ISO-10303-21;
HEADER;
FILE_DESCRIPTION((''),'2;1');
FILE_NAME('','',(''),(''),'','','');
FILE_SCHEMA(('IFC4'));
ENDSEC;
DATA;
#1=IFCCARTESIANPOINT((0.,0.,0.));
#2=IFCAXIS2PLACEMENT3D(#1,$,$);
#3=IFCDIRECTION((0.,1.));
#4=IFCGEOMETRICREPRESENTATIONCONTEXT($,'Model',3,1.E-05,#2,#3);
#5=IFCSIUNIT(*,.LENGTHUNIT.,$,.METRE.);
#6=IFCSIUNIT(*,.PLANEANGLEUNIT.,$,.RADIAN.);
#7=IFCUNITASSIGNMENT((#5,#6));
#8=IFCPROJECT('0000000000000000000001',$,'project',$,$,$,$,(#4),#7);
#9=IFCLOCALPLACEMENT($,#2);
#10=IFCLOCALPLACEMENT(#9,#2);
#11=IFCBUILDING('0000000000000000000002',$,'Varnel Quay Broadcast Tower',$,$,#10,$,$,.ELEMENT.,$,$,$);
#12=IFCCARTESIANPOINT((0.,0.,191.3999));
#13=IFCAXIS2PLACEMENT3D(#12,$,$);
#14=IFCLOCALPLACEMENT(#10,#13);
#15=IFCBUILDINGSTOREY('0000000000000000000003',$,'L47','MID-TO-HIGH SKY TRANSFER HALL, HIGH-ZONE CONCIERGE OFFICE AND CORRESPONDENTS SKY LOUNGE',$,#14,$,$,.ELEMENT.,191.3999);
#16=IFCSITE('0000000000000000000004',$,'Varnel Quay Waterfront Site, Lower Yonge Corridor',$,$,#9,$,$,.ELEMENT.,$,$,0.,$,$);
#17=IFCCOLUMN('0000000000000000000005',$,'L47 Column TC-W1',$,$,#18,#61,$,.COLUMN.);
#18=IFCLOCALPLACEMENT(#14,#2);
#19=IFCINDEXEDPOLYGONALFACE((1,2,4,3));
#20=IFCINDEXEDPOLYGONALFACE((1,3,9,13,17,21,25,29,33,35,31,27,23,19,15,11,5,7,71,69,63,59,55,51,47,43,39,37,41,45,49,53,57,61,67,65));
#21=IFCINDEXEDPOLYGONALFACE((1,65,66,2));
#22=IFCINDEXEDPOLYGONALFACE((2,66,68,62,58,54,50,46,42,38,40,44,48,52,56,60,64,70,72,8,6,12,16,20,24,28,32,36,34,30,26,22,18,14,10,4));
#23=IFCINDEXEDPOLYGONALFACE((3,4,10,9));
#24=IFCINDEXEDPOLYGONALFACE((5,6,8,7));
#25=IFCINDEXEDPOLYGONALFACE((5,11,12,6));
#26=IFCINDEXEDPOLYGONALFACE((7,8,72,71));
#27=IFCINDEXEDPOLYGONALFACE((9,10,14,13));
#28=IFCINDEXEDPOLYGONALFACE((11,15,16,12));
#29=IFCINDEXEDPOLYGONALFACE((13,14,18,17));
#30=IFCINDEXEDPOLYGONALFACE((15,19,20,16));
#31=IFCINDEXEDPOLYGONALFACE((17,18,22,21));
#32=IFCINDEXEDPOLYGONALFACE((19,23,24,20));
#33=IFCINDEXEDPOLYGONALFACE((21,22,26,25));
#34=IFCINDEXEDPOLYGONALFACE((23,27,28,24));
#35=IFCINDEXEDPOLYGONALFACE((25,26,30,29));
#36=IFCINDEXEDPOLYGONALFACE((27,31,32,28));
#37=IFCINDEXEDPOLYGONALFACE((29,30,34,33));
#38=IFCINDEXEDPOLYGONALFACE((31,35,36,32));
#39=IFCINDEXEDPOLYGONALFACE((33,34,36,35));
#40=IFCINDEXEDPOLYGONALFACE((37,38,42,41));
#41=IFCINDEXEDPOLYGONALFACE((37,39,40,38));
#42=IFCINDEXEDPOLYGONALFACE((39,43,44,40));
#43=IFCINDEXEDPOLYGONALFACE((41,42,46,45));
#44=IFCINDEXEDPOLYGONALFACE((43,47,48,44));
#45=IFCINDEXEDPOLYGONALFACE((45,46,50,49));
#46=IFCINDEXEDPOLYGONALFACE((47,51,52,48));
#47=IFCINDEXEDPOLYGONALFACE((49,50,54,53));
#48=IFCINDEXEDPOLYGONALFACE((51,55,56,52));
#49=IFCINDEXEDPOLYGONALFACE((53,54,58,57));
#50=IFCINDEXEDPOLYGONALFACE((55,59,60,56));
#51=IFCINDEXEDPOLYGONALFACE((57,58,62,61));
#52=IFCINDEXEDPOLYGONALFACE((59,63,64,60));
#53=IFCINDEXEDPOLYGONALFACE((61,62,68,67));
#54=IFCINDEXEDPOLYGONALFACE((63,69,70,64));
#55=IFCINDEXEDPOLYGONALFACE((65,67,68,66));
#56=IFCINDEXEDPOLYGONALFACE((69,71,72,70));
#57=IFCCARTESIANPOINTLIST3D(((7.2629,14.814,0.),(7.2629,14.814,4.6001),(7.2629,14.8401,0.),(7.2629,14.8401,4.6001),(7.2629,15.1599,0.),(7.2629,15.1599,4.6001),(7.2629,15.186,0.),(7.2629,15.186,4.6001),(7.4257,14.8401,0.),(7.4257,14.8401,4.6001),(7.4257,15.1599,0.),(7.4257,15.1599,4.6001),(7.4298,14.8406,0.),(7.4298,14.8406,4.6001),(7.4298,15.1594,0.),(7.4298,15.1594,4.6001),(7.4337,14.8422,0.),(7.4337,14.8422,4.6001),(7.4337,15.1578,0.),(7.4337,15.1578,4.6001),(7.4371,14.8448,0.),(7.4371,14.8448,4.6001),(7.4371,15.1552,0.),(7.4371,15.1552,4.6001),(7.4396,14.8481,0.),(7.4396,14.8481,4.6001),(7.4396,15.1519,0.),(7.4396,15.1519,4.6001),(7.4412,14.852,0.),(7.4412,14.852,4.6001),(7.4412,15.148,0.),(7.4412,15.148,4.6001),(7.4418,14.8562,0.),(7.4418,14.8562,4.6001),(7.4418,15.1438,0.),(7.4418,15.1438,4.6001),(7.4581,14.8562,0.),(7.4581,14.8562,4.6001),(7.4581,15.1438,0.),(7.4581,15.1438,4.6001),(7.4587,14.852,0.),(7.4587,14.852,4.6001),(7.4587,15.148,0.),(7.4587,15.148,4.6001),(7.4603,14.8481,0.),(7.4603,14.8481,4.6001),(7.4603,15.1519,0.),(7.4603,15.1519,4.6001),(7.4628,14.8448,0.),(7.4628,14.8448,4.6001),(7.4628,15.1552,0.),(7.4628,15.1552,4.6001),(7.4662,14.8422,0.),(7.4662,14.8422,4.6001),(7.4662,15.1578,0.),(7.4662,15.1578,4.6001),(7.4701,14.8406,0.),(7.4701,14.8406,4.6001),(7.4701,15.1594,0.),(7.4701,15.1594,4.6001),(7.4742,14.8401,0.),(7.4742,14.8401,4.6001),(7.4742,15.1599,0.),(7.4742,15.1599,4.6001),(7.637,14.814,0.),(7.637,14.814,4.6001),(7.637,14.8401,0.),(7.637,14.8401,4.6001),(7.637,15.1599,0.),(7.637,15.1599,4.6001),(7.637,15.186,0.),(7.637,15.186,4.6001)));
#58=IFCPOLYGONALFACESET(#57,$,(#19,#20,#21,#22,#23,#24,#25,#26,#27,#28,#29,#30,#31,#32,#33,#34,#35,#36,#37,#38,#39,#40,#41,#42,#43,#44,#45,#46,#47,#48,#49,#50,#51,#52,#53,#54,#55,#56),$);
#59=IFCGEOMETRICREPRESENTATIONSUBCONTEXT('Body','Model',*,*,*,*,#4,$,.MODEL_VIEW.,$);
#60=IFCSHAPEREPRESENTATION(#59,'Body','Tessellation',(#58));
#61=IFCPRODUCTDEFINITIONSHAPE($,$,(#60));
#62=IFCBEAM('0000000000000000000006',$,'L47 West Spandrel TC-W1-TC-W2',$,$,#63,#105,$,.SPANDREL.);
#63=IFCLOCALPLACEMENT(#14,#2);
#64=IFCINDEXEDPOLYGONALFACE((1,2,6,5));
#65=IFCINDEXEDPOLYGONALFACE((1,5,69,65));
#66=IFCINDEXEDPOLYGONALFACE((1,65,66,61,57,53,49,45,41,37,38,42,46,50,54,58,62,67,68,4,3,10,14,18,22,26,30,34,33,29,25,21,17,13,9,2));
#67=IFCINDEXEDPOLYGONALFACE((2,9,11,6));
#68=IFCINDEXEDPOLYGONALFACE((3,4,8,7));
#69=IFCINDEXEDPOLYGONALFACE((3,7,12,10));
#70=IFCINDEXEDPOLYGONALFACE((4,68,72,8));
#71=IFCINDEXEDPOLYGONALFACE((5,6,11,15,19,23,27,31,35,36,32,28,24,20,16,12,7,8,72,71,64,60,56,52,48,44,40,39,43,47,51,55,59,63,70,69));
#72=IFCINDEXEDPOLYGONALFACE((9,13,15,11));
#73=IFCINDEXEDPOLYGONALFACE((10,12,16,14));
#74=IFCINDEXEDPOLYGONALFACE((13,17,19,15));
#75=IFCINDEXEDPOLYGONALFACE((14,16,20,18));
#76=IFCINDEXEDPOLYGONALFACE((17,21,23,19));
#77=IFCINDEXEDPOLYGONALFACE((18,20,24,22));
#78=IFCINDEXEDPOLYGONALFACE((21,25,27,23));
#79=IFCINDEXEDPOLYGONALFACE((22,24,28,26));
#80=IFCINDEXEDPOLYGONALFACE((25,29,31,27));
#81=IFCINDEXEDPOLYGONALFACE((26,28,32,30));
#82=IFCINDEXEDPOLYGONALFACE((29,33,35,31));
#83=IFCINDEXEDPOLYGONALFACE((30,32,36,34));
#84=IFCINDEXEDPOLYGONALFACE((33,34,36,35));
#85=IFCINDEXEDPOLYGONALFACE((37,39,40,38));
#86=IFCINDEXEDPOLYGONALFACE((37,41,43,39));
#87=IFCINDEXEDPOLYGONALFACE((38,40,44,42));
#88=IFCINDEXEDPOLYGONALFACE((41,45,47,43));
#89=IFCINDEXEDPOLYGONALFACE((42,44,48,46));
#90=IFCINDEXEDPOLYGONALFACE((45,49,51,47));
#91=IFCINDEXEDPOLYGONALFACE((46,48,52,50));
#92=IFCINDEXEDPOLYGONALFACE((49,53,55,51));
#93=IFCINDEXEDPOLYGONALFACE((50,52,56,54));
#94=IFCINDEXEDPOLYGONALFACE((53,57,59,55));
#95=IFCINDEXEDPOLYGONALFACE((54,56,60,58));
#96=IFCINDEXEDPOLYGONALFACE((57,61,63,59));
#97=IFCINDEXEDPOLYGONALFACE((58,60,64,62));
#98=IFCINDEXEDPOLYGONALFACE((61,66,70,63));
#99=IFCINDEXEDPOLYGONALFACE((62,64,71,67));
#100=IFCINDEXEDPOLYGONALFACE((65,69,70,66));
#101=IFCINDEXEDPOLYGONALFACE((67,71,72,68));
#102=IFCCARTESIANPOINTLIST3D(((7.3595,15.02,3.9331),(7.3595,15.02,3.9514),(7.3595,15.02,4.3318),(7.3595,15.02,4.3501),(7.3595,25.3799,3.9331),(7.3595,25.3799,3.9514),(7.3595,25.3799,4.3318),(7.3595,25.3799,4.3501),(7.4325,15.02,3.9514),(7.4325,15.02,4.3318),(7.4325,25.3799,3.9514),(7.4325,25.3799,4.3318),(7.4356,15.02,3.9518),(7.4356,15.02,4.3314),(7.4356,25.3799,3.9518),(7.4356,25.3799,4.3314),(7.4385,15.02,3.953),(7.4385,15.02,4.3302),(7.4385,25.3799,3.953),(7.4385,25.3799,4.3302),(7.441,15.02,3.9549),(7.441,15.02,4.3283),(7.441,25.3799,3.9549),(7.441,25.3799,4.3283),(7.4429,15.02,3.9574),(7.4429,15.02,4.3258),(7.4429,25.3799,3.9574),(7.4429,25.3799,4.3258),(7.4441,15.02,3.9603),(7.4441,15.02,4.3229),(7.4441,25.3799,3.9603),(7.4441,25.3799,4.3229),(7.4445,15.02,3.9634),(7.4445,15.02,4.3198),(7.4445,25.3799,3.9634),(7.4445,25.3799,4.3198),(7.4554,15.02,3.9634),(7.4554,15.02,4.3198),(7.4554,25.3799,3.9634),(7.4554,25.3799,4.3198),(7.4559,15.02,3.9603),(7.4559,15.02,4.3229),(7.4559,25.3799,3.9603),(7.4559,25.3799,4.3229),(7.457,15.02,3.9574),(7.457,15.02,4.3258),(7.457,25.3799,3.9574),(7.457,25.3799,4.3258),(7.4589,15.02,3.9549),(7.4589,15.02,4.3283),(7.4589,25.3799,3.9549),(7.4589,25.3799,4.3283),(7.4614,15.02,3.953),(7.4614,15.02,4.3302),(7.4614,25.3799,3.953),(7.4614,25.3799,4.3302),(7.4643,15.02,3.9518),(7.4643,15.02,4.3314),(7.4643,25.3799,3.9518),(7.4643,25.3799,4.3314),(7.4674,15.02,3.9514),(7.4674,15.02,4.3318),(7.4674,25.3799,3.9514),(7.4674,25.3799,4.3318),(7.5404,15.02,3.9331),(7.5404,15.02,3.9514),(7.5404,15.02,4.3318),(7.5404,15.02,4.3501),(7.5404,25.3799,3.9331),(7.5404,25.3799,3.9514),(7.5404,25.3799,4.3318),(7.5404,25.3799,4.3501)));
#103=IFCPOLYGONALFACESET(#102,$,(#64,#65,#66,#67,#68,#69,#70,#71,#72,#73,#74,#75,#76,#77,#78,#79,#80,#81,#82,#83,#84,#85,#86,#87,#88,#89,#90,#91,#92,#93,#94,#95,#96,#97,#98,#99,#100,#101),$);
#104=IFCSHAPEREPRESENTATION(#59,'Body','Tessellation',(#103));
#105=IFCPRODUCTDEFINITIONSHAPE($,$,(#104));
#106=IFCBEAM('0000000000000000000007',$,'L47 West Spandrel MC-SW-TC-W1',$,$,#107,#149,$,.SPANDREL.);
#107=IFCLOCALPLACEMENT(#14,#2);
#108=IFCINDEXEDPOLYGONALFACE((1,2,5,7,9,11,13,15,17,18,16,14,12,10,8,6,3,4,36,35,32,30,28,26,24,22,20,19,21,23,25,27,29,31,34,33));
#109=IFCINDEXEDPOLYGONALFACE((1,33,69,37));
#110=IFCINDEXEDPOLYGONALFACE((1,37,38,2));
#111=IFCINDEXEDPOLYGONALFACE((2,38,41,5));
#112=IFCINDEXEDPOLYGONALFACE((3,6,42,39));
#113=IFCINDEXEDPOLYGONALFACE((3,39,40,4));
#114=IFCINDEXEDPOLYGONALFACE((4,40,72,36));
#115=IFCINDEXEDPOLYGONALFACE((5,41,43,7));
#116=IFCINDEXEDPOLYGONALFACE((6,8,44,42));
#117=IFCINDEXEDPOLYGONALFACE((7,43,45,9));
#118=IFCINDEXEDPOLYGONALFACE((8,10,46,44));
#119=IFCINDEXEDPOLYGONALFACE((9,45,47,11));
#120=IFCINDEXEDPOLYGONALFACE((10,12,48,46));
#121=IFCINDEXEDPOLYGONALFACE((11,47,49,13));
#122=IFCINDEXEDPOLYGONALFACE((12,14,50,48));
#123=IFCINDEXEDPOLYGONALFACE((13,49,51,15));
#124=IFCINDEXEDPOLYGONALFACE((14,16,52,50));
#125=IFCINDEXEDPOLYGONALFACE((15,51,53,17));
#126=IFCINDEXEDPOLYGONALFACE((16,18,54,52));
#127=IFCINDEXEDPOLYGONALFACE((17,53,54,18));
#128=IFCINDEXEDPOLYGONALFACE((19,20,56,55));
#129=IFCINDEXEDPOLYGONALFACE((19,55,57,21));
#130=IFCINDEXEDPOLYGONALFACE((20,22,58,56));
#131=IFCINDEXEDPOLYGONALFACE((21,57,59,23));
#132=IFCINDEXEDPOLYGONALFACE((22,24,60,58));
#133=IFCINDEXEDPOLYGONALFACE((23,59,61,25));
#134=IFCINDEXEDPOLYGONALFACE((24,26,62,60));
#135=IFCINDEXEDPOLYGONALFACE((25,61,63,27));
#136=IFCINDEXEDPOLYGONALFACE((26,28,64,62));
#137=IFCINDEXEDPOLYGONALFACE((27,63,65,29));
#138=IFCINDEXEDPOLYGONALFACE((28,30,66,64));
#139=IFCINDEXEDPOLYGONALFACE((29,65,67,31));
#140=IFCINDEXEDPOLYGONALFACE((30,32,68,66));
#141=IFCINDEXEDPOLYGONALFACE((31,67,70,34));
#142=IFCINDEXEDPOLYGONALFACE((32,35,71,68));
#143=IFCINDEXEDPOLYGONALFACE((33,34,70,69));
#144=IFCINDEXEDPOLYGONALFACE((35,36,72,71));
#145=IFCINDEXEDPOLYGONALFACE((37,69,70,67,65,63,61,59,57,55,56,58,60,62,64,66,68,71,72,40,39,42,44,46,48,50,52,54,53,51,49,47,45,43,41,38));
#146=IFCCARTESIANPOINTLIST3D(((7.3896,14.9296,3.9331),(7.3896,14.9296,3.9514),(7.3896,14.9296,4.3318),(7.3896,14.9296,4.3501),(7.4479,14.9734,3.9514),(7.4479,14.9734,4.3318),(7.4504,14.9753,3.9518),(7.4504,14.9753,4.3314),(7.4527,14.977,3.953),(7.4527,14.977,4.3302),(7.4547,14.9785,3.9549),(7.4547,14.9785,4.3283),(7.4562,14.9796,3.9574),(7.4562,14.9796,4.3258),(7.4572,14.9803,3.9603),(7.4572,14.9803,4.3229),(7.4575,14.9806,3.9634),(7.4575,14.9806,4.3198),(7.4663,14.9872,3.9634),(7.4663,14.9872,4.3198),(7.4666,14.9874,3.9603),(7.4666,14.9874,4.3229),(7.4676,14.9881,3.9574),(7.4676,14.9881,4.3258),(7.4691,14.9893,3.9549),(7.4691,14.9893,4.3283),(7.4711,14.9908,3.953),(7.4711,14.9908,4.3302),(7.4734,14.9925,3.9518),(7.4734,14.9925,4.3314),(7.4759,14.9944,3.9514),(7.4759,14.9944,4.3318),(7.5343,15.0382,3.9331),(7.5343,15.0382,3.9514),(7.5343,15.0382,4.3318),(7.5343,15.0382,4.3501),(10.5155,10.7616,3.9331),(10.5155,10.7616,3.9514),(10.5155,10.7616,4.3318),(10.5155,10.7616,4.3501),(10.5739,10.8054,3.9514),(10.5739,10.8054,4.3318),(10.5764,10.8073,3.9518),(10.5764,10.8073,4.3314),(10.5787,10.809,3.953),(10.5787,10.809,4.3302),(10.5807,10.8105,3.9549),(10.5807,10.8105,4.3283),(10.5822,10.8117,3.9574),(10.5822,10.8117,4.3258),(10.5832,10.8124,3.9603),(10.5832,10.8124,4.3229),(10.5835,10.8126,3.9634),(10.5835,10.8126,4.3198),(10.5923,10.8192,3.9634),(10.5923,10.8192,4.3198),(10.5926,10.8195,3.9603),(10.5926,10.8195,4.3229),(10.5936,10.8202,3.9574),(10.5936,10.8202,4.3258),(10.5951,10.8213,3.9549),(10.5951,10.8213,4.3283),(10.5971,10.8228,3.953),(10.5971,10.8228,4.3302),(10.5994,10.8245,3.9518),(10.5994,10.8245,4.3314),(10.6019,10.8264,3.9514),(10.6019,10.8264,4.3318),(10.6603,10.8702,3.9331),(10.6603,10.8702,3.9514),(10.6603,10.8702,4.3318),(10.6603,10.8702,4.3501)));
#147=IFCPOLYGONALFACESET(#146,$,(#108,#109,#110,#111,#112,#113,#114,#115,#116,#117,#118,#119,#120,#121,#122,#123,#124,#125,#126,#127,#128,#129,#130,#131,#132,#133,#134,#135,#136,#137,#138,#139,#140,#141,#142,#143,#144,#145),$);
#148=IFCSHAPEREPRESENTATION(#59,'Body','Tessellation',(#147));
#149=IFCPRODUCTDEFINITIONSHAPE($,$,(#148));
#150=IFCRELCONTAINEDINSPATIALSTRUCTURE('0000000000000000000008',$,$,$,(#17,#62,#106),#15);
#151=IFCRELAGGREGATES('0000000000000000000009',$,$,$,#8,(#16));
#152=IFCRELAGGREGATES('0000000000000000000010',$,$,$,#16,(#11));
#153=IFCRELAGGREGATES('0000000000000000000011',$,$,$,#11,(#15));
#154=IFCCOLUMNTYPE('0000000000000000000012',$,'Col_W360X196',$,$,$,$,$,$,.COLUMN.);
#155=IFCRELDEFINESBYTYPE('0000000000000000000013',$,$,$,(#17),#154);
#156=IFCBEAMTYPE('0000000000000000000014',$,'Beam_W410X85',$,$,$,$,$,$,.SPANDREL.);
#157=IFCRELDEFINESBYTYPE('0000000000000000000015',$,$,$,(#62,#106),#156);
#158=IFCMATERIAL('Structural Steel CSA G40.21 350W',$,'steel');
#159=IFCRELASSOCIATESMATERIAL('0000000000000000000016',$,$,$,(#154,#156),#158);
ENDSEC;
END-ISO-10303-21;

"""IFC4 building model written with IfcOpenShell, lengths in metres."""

from ifc_helpers import new_model, si_unit, direction, frame, origin, origin_2d, place, context, subcontext, project, spatial, i_section, extrude, source, transform, mapped, material, material_profile, profile_set, type_object, type_shapes, element, save


model = new_model("IFC4")

# Units and contexts
model_context = context("Model", 3, precision=1e-05, world=origin(), true_north=direction((0.0, 1.0)))
body_context = subcontext(model_context, "Body", "Model", "MODEL_VIEW")
ifc_project = project(units=[si_unit("LENGTHUNIT", "METRE"), si_unit("PLANEANGLEUNIT", "RADIAN")], contexts=[model_context])

# Site, building, storey
site_placement = place(None, origin())
site = spatial("IfcSite", under=ifc_project, at=site_placement, Name="Varnel Quay Waterfront Site, Lower Yonge Corridor", CompositionType="ELEMENT", RefElevation=0.0)
building_placement = place(site_placement, origin())
building = spatial("IfcBuilding", under=site, at=building_placement, Name="Varnel Quay Broadcast Tower", CompositionType="ELEMENT")
storey_placement = place(building_placement, frame((0.0, 0.0, 191.3999)))
storey = spatial("IfcBuildingStorey", under=building, at=storey_placement, Name="L47", Description="MID-TO-HIGH SKY TRANSFER HALL, HIGH-ZONE CONCIERGE OFFICE AND CORRESPONDENTS SKY LOUNGE", CompositionType="ELEMENT", Elevation=191.3999)

# Column
ifc_material_1 = material(Name="Structural Steel CSA G40.21 350W", Category="steel")
ifc_material_profile_1 = material_profile(ifc_material_1, i_section(OverallWidth=0.374, OverallDepth=0.3721, WebThickness=0.0164, FlangeThickness=0.0261, FilletRadius=0.0161, at=origin_2d()), Name="W360X196")
ifc_profile_set_1 = profile_set([ifc_material_profile_1], Name="Structural Steel CSA G40.21 350W")
column_type = type_object("IfcColumnType", Name="Col_W360X196", PredefinedType="COLUMN", material=ifc_profile_set_1)
shared_shape_1 = source(origin(), body_context, "Body", "SweptSolid", [
    extrude(i_section(OverallWidth=0.374, OverallDepth=0.3721, WebThickness=0.0164, FlangeThickness=0.0261, FilletRadius=0.0161, at=origin_2d()), origin(), (0.0, 0.0, 1.0), 4.6001),
])
type_shapes(column_type, [shared_shape_1])
column_placement = place(storey_placement, frame((7.45, 15.0, 0.0), z_axis=(0.0, 0.0, 1.0), x_axis=(1.0, 0.0, 0.0)))
element("IfcColumn", 1, at=column_placement, inside=storey, type_object=column_type, Name="L47 Column TC-W1", PredefinedType="COLUMN", context=body_context, shape_type="MappedRepresentation", body=[
    mapped(shared_shape_1, transform((0.0, 0.0, 0.0), x_axis=(1.0, 0.0, 0.0), y_axis=(0.0, 1.0, 0.0), z_axis=(0.0, 0.0, 1.0), scale=1.0)),
])

# Beams
ifc_material_profile_2 = material_profile(ifc_material_1, i_section(OverallWidth=0.1809, OverallDepth=0.417, WebThickness=0.011, FlangeThickness=0.0183, FilletRadius=0.012, at=origin_2d()), Name="W410X85")
ifc_profile_set_2 = profile_set([ifc_material_profile_2], Name="Structural Steel CSA G40.21 350W")
beam_type_1 = type_object("IfcBeamType", Name="Beam_W410X85", PredefinedType="SPANDREL", material=ifc_profile_set_2)
shared_shape_2 = source(origin(), body_context, "Body", "SweptSolid", [
    extrude(i_section(OverallWidth=0.1809, OverallDepth=0.417, WebThickness=0.011, FlangeThickness=0.0183, FilletRadius=0.012, at=origin_2d()), origin(), (0.0, 0.0, 1.0), 10.3599),
])
beam_1_placement = place(storey_placement, frame((7.45, 15.02, 4.1416), z_axis=(0.0, 1.0, 0.0), x_axis=(-1.0, 0.0, 0.0)))
element("IfcBeam", 2, at=beam_1_placement, inside=storey, type_object=beam_type_1, Name="L47 West Spandrel TC-W1-TC-W2", PredefinedType="SPANDREL", context=body_context, shape_type="MappedRepresentation", body=[
    mapped(shared_shape_2, transform((0.0, 0.0, 0.0), x_axis=(1.0, 0.0, 0.0), y_axis=(0.0, 1.0, 0.0), z_axis=(0.0, 0.0, 1.0), scale=1.0)),
])
shared_shape_3 = source(origin(), body_context, "Body", "SweptSolid", [
    extrude(i_section(OverallWidth=0.1809, OverallDepth=0.417, WebThickness=0.011, FlangeThickness=0.0183, FilletRadius=0.012, at=origin_2d()), origin(), (0.0, 0.0, 1.0), 5.21),
])
type_shapes(beam_type_1, [shared_shape_2, shared_shape_3])
beam_2_placement = place(storey_placement, frame((10.5879, 10.8159, 4.1416), z_axis=(-0.6, 0.8, 0.0), x_axis=(-0.8, -0.6, 0.0)))
element("IfcBeam", 3, at=beam_2_placement, inside=storey, type_object=beam_type_1, Name="L47 West Spandrel MC-SW-TC-W1", PredefinedType="SPANDREL", context=body_context, shape_type="MappedRepresentation", body=[
    mapped(shared_shape_3, transform((0.0, 0.0, 0.0), x_axis=(1.0, 0.0, 0.0), y_axis=(0.0, 1.0, 0.0), z_axis=(0.0, 0.0, 1.0), scale=1.0)),
])

save(model, "model.ifc")
